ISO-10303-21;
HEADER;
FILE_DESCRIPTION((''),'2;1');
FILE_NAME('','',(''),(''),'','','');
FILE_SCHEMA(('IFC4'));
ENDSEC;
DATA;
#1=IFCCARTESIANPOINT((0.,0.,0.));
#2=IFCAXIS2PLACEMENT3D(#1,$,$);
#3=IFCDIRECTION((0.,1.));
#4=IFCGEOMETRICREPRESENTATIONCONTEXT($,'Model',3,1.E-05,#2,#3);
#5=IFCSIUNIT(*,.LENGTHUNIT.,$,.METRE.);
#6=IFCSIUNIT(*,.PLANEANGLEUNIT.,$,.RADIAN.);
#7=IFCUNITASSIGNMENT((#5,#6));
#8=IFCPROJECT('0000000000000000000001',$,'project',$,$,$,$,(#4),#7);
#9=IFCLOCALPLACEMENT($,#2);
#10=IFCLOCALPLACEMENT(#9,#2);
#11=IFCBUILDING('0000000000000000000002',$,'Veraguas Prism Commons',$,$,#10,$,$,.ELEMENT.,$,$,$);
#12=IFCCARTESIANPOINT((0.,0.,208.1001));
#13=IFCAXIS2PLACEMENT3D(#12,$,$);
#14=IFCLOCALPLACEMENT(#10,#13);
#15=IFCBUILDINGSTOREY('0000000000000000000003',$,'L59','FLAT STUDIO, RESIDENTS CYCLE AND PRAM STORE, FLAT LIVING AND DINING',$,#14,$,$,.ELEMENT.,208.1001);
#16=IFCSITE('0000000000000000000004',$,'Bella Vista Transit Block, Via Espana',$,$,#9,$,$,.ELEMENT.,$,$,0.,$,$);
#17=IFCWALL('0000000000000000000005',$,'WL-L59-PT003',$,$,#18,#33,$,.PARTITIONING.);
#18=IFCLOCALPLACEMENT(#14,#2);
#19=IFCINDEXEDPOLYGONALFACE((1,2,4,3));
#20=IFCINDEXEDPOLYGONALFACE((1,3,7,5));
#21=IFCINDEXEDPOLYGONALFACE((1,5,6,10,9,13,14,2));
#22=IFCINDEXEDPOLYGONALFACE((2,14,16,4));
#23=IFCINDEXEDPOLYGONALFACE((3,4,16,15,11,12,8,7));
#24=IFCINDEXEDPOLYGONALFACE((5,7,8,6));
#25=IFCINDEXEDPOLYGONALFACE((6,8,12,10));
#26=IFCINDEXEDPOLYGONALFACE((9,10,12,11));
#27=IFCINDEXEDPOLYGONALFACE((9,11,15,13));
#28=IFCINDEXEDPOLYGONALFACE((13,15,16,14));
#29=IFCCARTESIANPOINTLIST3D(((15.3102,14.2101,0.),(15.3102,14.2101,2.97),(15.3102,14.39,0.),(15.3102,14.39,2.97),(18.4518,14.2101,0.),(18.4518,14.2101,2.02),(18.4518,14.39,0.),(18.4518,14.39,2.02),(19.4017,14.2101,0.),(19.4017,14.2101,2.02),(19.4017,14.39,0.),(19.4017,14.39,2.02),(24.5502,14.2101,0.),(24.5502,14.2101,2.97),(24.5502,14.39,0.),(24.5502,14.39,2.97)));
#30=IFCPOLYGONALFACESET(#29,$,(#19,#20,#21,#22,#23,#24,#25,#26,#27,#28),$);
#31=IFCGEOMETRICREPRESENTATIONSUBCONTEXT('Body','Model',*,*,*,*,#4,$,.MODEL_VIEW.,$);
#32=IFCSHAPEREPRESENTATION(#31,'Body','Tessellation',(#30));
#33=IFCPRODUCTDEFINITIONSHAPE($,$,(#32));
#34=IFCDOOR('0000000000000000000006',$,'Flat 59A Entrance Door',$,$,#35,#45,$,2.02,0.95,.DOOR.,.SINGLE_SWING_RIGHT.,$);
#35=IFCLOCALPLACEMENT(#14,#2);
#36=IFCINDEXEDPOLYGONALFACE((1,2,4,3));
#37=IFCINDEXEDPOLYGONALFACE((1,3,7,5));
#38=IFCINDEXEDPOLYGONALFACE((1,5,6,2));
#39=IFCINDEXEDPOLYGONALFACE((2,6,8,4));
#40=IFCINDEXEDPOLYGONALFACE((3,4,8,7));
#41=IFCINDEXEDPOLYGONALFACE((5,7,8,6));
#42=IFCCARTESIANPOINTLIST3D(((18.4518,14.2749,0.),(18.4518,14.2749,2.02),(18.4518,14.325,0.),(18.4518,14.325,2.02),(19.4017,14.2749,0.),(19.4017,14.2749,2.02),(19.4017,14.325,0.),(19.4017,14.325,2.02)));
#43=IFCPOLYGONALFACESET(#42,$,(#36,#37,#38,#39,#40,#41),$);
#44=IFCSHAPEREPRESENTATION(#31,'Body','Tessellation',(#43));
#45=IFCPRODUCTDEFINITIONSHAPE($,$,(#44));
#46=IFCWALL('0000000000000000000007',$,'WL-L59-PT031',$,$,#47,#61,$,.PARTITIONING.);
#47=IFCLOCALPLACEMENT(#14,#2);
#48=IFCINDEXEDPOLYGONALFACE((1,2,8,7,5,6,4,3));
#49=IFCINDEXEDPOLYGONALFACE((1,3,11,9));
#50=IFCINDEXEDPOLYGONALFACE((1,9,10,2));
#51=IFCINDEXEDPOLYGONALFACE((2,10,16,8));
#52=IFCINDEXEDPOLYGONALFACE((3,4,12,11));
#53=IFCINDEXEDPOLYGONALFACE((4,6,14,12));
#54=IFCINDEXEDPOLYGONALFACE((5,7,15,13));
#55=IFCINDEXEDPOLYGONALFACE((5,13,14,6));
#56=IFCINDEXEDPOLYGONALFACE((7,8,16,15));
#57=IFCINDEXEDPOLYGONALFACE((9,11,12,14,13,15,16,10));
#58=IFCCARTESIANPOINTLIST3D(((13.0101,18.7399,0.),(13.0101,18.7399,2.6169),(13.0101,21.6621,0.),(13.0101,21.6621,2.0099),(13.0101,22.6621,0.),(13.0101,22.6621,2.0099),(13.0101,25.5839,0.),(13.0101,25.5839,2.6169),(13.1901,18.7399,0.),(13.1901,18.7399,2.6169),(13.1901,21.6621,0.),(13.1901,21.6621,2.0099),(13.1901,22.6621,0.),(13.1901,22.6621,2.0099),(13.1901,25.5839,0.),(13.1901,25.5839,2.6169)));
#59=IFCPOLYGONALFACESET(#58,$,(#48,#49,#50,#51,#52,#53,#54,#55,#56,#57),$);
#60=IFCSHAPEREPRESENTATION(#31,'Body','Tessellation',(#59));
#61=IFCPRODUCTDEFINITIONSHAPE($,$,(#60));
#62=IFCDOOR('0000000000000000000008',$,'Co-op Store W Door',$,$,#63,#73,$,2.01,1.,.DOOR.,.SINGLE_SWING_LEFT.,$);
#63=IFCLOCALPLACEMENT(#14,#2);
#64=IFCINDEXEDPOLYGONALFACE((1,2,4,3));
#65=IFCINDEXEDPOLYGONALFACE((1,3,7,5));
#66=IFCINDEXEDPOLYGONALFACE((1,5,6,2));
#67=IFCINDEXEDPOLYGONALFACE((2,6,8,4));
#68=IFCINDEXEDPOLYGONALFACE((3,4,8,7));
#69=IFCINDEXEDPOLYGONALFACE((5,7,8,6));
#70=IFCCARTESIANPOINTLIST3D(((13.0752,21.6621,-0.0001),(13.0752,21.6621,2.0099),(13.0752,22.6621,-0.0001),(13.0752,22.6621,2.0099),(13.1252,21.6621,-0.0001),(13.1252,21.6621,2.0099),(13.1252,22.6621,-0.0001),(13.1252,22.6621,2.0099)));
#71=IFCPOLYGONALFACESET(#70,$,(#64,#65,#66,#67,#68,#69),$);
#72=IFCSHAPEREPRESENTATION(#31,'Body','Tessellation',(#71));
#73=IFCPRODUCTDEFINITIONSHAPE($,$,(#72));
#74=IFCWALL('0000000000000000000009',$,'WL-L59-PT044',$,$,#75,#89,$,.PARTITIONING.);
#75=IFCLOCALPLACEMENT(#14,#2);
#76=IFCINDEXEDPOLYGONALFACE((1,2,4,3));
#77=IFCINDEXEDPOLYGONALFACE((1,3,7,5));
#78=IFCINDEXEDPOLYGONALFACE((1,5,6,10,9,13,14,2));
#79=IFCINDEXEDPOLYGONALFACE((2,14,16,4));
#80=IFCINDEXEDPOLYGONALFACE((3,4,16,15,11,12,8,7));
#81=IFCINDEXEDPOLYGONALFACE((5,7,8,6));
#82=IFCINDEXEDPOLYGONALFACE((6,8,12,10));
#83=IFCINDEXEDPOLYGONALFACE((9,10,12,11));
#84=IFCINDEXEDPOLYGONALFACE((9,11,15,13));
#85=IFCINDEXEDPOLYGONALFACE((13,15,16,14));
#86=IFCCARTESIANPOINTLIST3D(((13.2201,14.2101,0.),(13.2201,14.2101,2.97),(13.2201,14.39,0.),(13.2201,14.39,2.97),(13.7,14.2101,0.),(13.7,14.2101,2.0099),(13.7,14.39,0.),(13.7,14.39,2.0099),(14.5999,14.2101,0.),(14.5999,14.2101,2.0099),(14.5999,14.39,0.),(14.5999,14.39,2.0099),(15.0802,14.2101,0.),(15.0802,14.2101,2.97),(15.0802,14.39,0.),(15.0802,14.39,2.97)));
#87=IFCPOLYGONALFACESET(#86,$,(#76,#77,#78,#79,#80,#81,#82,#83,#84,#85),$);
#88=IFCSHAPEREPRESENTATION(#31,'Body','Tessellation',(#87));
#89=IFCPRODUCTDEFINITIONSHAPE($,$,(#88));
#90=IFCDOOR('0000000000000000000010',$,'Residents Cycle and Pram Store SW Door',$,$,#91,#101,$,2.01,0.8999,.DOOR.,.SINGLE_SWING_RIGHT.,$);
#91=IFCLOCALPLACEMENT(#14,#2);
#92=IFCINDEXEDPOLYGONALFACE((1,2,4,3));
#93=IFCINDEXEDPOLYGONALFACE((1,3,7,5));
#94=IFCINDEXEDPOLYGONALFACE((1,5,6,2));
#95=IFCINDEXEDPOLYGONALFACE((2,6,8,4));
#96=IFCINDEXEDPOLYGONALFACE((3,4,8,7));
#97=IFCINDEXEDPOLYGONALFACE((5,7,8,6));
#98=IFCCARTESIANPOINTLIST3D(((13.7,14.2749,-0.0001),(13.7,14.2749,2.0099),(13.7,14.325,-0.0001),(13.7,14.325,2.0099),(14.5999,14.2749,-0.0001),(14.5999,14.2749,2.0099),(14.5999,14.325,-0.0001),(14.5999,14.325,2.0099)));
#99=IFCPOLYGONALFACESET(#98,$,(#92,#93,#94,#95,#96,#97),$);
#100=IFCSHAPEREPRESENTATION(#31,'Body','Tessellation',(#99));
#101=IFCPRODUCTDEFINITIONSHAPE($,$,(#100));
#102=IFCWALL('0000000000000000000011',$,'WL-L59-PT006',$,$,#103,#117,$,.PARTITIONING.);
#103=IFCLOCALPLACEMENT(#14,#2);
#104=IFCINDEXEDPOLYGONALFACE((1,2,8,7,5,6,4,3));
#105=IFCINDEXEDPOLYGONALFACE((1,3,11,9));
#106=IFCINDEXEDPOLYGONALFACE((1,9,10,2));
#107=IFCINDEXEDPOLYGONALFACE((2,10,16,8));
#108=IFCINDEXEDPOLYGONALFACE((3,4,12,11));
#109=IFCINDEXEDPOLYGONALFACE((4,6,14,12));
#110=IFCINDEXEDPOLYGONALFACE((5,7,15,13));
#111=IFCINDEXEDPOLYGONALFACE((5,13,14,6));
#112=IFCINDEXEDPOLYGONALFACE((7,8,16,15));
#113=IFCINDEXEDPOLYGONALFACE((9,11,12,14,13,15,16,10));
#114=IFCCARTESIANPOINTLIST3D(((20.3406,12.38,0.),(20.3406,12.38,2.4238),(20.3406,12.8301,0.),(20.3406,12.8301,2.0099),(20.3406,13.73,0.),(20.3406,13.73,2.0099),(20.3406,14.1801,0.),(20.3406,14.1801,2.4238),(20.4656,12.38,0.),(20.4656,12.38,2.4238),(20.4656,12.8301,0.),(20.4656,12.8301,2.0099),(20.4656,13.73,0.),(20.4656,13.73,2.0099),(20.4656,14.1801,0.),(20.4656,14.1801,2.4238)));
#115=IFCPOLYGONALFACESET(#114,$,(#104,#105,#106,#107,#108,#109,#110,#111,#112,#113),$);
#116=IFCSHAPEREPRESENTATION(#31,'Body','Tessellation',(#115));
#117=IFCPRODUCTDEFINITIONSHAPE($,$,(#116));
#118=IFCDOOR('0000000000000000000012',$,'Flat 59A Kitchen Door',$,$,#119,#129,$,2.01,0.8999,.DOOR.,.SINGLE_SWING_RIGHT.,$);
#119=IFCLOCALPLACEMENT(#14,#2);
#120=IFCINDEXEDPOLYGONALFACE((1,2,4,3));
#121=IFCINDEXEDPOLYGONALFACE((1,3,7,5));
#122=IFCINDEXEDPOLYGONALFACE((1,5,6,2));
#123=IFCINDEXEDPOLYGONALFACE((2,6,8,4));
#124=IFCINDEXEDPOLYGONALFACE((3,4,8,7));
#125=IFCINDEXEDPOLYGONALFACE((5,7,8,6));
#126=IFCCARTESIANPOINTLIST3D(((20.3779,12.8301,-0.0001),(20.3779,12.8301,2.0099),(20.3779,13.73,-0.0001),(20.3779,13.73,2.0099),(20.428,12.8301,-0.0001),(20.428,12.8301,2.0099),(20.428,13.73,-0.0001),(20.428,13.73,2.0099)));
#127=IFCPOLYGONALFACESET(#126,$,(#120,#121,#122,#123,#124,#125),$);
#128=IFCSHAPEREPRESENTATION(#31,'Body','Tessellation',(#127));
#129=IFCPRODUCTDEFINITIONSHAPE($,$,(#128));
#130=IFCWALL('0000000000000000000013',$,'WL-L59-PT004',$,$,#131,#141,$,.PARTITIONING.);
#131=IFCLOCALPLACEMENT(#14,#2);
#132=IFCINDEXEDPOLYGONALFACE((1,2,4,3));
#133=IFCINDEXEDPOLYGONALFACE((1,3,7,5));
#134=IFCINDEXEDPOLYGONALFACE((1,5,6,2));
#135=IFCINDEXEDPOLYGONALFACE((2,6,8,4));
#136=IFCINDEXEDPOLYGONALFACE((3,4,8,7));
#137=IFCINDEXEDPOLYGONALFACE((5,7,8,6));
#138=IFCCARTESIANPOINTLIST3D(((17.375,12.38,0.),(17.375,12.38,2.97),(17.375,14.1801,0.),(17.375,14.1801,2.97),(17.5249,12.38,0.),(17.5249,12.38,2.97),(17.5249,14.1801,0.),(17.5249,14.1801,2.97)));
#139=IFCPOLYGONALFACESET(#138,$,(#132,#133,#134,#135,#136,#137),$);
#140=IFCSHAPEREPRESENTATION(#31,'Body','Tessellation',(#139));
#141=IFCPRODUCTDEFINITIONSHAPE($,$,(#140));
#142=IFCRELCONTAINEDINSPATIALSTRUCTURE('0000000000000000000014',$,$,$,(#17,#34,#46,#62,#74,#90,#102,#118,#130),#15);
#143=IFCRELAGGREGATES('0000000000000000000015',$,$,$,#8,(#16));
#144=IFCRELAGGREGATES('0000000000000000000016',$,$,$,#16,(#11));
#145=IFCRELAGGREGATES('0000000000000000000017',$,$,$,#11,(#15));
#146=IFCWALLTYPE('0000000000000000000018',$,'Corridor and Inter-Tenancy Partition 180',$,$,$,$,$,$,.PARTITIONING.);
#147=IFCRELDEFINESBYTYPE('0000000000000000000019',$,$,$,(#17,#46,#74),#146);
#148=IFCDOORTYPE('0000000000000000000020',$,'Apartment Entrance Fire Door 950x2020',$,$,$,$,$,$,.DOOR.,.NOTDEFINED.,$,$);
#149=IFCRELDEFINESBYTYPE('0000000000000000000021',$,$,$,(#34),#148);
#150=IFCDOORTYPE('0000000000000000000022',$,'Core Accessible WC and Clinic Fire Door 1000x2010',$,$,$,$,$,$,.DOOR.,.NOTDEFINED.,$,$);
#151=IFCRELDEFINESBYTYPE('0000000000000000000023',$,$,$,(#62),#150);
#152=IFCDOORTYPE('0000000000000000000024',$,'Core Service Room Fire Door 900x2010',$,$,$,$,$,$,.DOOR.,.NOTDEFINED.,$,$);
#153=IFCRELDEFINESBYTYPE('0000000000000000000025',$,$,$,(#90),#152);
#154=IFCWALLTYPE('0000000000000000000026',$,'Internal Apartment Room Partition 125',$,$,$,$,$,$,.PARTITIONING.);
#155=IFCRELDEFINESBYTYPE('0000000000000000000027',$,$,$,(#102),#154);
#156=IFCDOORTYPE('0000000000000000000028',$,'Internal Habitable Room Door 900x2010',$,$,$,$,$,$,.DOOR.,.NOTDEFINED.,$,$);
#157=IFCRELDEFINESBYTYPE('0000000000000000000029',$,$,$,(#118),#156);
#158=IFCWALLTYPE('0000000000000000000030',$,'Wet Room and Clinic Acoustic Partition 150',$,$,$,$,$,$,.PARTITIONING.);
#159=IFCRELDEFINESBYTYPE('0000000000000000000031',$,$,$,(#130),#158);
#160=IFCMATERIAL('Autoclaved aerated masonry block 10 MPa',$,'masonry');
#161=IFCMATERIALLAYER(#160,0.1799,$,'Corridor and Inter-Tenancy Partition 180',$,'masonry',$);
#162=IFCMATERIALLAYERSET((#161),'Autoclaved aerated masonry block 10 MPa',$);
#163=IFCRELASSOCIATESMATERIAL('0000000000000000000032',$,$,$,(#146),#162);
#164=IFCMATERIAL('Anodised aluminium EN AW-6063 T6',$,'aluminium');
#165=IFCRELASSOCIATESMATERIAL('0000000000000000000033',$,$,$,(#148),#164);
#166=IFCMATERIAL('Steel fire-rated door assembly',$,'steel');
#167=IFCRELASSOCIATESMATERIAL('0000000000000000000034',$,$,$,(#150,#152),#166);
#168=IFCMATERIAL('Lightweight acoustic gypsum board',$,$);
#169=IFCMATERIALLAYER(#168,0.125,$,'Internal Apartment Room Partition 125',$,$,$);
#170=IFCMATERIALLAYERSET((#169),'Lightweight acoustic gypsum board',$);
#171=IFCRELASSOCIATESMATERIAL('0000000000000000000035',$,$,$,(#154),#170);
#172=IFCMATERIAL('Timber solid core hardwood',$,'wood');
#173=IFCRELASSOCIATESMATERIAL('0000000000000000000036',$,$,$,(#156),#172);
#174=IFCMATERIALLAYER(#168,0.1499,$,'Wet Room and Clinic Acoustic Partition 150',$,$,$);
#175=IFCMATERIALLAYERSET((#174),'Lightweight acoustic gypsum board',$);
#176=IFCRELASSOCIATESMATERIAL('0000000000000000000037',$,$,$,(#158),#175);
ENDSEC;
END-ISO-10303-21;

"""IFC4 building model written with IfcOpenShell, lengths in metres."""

from ifc_helpers import new_model, si_unit, direction, frame, frame_2d, origin, place, context, subcontext, project, spatial, rectangle, extrude, source, transform, mapped, material, layer, layer_set, type_object, element, fill, save


model = new_model("IFC4")

# Units and contexts
model_context = context("Model", 3, precision=1e-05, world=origin(), true_north=direction((0.0, 1.0)))
body_context = subcontext(model_context, "Body", "Model", "MODEL_VIEW")
ifc_project = project(units=[si_unit("LENGTHUNIT", "METRE"), si_unit("PLANEANGLEUNIT", "RADIAN")], contexts=[model_context])

# Site, building, storey
site_placement = place(None, origin())
site = spatial("IfcSite", under=ifc_project, at=site_placement, Name="Bella Vista Transit Block, Via Espana", CompositionType="ELEMENT", RefElevation=0.0)
building_placement = place(site_placement, origin())
building = spatial("IfcBuilding", under=site, at=building_placement, Name="Veraguas Prism Commons", CompositionType="ELEMENT")
storey_placement = place(building_placement, frame((0.0, 0.0, 208.1001)))
storey = spatial("IfcBuildingStorey", under=building, at=storey_placement, Name="L59", Description="FLAT STUDIO, RESIDENTS CYCLE AND PRAM STORE, FLAT LIVING AND DINING", CompositionType="ELEMENT", Elevation=208.1001)

# Shared definitions
ifc_material_1 = material(Name="Steel fire-rated door assembly", Category="steel")

# Shared definitions
ifc_material_2 = material(Name="Autoclaved aerated masonry block 10 MPa", Category="masonry")
ifc_layer_1 = layer(ifc_material_2, 0.1799, Name="Corridor and Inter-Tenancy Partition 180", Category="masonry")
ifc_layer_set_1 = layer_set([ifc_layer_1], Name="Autoclaved aerated masonry block 10 MPa")
wall_type_1 = type_object("IfcWallType", Name="Corridor and Inter-Tenancy Partition 180", PredefinedType="PARTITIONING", material=ifc_layer_set_1)

# Walls, openings, doors
wall_1_placement = place(storey_placement, frame((15.3101, 14.3, 0.0), z_axis=(0.0, 0.0, 1.0), x_axis=(1.0, 0.0, 0.0)))
wall_1 = element("IfcWall", 1, at=wall_1_placement, inside=storey, type_object=wall_type_1, Name="WL-L59-PT003", PredefinedType="PARTITIONING", context=body_context, shape_type="SweptSolid", body=[
    extrude(rectangle(XDim=9.24, YDim=0.1799, at=frame_2d((4.6201, 0.0))), origin(), (0.0, 0.0, 1.0), 2.97),
])
opening_1_placement = place(wall_1_placement, frame((3.1416, 0.0, 0.0)))
opening_1 = element("IfcOpeningElement", 2, at=opening_1_placement, cuts=wall_1, PredefinedType="OPENING", context=body_context, shape_type="SweptSolid", body=[
    extrude(rectangle(XDim=0.95, YDim=2.02, at=frame_2d((0.4751, 1.01))), frame((0.0, 0.0999, 0.0), z_axis=(0.0, -1.0, 0.0), x_axis=(1.0, 0.0, 0.0)), (0.0, 0.0, 1.0), 0.2),
])
ifc_material_3 = material(Name="Anodised aluminium EN AW-6063 T6", Category="aluminium")
door_type_1 = type_object("IfcDoorType", Name="Apartment Entrance Fire Door 950x2020", OperationType="NOTDEFINED", PredefinedType="DOOR", material=ifc_material_3)
shared_shape_1 = source(origin(), body_context, "Body", "SweptSolid", [
    extrude(rectangle(XDim=0.95, YDim=2.02, at=frame_2d((0.4751, 1.01))), frame((0.0, 0.0249, 0.0), z_axis=(0.0, -1.0, 0.0), x_axis=(1.0, 0.0, 0.0)), (0.0, 0.0, 1.0), 0.05),
])
door_1_placement = place(opening_1_placement, origin())
door_1 = element("IfcDoor", 3, at=door_1_placement, inside=storey, type_object=door_type_1, Name="Flat 59A Entrance Door", OperationType="SINGLE_SWING_RIGHT", OverallHeight=2.02, OverallWidth=0.95, PredefinedType="DOOR", context=body_context, shape_type="MappedRepresentation", body=[
    mapped(shared_shape_1, transform((0.0, 0.0, 0.0), scale=1.0)),
])
fill(opening_1, door_1)
wall_2_placement = place(storey_placement, frame((13.1001, 18.74, 0.0), z_axis=(0.0, 0.0, 1.0), x_axis=(0.0, 1.0, 0.0)))
wall_2 = element("IfcWall", 4, at=wall_2_placement, inside=storey, type_object=wall_type_1, Name="WL-L59-PT031", PredefinedType="PARTITIONING", context=body_context, shape_type="SweptSolid", body=[
    extrude(rectangle(XDim=6.844, YDim=0.1799, at=frame_2d((3.4219, 0.0))), origin(), (0.0, 0.0, 1.0), 2.6169),
])
opening_2_placement = place(wall_2_placement, frame((2.9221, 0.0, 0.0)))
opening_2 = element("IfcOpeningElement", 5, at=opening_2_placement, cuts=wall_2, PredefinedType="OPENING", context=body_context, shape_type="SweptSolid", body=[
    extrude(rectangle(XDim=1.0, YDim=2.01, at=frame_2d((0.5, 1.0049))), frame((0.0, 0.0999, 0.0), z_axis=(0.0, -1.0, 0.0), x_axis=(1.0, 0.0, 0.0)), (0.0, 0.0, 1.0), 0.2),
])
door_type_2 = type_object("IfcDoorType", Name="Core Accessible WC and Clinic Fire Door 1000x2010", OperationType="NOTDEFINED", PredefinedType="DOOR", material=ifc_material_1)
shared_shape_2 = source(origin(), body_context, "Body", "SweptSolid", [
    extrude(rectangle(XDim=1.0, YDim=2.01, at=frame_2d((0.5, 1.0049))), frame((0.0, 0.0249, 0.0), z_axis=(0.0, -1.0, 0.0), x_axis=(1.0, 0.0, 0.0)), (0.0, 0.0, 1.0), 0.05),
])
door_2_placement = place(opening_2_placement, origin())
door_2 = element("IfcDoor", 6, at=door_2_placement, inside=storey, type_object=door_type_2, Name="Co-op Store W Door", OperationType="SINGLE_SWING_LEFT", OverallHeight=2.01, OverallWidth=1.0, PredefinedType="DOOR", context=body_context, shape_type="MappedRepresentation", body=[
    mapped(shared_shape_2, transform((0.0, 0.0, 0.0), scale=1.0)),
])
fill(opening_2, door_2)
wall_3_placement = place(storey_placement, frame((13.22, 14.3, 0.0), z_axis=(0.0, 0.0, 1.0), x_axis=(1.0, 0.0, 0.0)))
wall_3 = element("IfcWall", 7, at=wall_3_placement, inside=storey, type_object=wall_type_1, Name="WL-L59-PT044", PredefinedType="PARTITIONING", context=body_context, shape_type="SweptSolid", body=[
    extrude(rectangle(XDim=1.8601, YDim=0.1799, at=frame_2d((0.9302, 0.0))), origin(), (0.0, 0.0, 1.0), 2.97),
])
opening_3_placement = place(wall_3_placement, frame((0.48, 0.0, 0.0)))
opening_3 = element("IfcOpeningElement", 8, at=opening_3_placement, cuts=wall_3, PredefinedType="OPENING", context=body_context, shape_type="SweptSolid", body=[
    extrude(rectangle(XDim=0.8999, YDim=2.01, at=frame_2d((0.45, 1.0049))), frame((0.0, 0.0999, 0.0), z_axis=(0.0, -1.0, 0.0), x_axis=(1.0, 0.0, 0.0)), (0.0, 0.0, 1.0), 0.2),
])
door_type_3 = type_object("IfcDoorType", Name="Core Service Room Fire Door 900x2010", OperationType="NOTDEFINED", PredefinedType="DOOR", material=ifc_material_1)
shared_shape_3 = source(origin(), body_context, "Body", "SweptSolid", [
    extrude(rectangle(XDim=0.8999, YDim=2.01, at=frame_2d((0.45, 1.0049))), frame((0.0, 0.0249, 0.0), z_axis=(0.0, -1.0, 0.0), x_axis=(1.0, 0.0, 0.0)), (0.0, 0.0, 1.0), 0.05),
])
door_3_placement = place(opening_3_placement, origin())
door_3 = element("IfcDoor", 9, at=door_3_placement, inside=storey, type_object=door_type_3, Name="Residents Cycle and Pram Store SW Door", OperationType="SINGLE_SWING_RIGHT", OverallHeight=2.01, OverallWidth=0.8999, PredefinedType="DOOR", context=body_context, shape_type="MappedRepresentation", body=[
    mapped(shared_shape_3, transform((0.0, 0.0, 0.0), scale=1.0)),
])
fill(opening_3, door_3)
ifc_material_4 = material(Name="Lightweight acoustic gypsum board")
ifc_layer_2 = layer(ifc_material_4, 0.125, Name="Internal Apartment Room Partition 125")
ifc_layer_set_2 = layer_set([ifc_layer_2], Name="Lightweight acoustic gypsum board")
wall_type_2 = type_object("IfcWallType", Name="Internal Apartment Room Partition 125", PredefinedType="PARTITIONING", material=ifc_layer_set_2)
wall_4_placement = place(storey_placement, frame((20.4031, 14.1799, 0.0), z_axis=(0.0, 0.0, 1.0), x_axis=(0.0, -1.0, 0.0)))
wall_4 = element("IfcWall", 10, at=wall_4_placement, inside=storey, type_object=wall_type_2, Name="WL-L59-PT006", PredefinedType="PARTITIONING", context=body_context, shape_type="SweptSolid", body=[
    extrude(rectangle(XDim=1.8, YDim=0.125, at=frame_2d((0.8999, 0.0))), origin(), (0.0, 0.0, 1.0), 2.4238),
])
opening_4_placement = place(wall_4_placement, frame((0.45, 0.0, 0.0)))
opening_4 = element("IfcOpeningElement", 11, at=opening_4_placement, cuts=wall_4, PredefinedType="OPENING", context=body_context, shape_type="SweptSolid", body=[
    extrude(rectangle(XDim=0.8999, YDim=2.01, at=frame_2d((0.45, 1.0049))), frame((0.0, 0.0725, 0.0), z_axis=(0.0, -1.0, 0.0), x_axis=(1.0, 0.0, 0.0)), (0.0, 0.0, 1.0), 0.145),
])
ifc_material_5 = material(Name="Timber solid core hardwood", Category="wood")
door_type_4 = type_object("IfcDoorType", Name="Internal Habitable Room Door 900x2010", OperationType="NOTDEFINED", PredefinedType="DOOR", material=ifc_material_5)
door_4_placement = place(opening_4_placement, origin())
door_4 = element("IfcDoor", 12, at=door_4_placement, inside=storey, type_object=door_type_4, Name="Flat 59A Kitchen Door", OperationType="SINGLE_SWING_RIGHT", OverallHeight=2.01, OverallWidth=0.8999, PredefinedType="DOOR", context=body_context, shape_type="MappedRepresentation", body=[
    mapped(shared_shape_3, transform((0.0, 0.0, 0.0), scale=1.0)),
])
fill(opening_4, door_4)

# Wall
ifc_layer_3 = layer(ifc_material_4, 0.1499, Name="Wet Room and Clinic Acoustic Partition 150")
ifc_layer_set_3 = layer_set([ifc_layer_3], Name="Lightweight acoustic gypsum board")
wall_type_3 = type_object("IfcWallType", Name="Wet Room and Clinic Acoustic Partition 150", PredefinedType="PARTITIONING", material=ifc_layer_set_3)
wall_5_placement = place(storey_placement, frame((17.45, 14.1799, 0.0), z_axis=(0.0, 0.0, 1.0), x_axis=(0.0, -1.0, 0.0)))
element("IfcWall", 13, at=wall_5_placement, inside=storey, type_object=wall_type_3, Name="WL-L59-PT004", PredefinedType="PARTITIONING", context=body_context, shape_type="SweptSolid", body=[
    extrude(rectangle(XDim=1.8, YDim=0.1499, at=frame_2d((0.8999, 0.0))), origin(), (0.0, 0.0, 1.0), 2.97),
])

save(model, "model.ifc")
